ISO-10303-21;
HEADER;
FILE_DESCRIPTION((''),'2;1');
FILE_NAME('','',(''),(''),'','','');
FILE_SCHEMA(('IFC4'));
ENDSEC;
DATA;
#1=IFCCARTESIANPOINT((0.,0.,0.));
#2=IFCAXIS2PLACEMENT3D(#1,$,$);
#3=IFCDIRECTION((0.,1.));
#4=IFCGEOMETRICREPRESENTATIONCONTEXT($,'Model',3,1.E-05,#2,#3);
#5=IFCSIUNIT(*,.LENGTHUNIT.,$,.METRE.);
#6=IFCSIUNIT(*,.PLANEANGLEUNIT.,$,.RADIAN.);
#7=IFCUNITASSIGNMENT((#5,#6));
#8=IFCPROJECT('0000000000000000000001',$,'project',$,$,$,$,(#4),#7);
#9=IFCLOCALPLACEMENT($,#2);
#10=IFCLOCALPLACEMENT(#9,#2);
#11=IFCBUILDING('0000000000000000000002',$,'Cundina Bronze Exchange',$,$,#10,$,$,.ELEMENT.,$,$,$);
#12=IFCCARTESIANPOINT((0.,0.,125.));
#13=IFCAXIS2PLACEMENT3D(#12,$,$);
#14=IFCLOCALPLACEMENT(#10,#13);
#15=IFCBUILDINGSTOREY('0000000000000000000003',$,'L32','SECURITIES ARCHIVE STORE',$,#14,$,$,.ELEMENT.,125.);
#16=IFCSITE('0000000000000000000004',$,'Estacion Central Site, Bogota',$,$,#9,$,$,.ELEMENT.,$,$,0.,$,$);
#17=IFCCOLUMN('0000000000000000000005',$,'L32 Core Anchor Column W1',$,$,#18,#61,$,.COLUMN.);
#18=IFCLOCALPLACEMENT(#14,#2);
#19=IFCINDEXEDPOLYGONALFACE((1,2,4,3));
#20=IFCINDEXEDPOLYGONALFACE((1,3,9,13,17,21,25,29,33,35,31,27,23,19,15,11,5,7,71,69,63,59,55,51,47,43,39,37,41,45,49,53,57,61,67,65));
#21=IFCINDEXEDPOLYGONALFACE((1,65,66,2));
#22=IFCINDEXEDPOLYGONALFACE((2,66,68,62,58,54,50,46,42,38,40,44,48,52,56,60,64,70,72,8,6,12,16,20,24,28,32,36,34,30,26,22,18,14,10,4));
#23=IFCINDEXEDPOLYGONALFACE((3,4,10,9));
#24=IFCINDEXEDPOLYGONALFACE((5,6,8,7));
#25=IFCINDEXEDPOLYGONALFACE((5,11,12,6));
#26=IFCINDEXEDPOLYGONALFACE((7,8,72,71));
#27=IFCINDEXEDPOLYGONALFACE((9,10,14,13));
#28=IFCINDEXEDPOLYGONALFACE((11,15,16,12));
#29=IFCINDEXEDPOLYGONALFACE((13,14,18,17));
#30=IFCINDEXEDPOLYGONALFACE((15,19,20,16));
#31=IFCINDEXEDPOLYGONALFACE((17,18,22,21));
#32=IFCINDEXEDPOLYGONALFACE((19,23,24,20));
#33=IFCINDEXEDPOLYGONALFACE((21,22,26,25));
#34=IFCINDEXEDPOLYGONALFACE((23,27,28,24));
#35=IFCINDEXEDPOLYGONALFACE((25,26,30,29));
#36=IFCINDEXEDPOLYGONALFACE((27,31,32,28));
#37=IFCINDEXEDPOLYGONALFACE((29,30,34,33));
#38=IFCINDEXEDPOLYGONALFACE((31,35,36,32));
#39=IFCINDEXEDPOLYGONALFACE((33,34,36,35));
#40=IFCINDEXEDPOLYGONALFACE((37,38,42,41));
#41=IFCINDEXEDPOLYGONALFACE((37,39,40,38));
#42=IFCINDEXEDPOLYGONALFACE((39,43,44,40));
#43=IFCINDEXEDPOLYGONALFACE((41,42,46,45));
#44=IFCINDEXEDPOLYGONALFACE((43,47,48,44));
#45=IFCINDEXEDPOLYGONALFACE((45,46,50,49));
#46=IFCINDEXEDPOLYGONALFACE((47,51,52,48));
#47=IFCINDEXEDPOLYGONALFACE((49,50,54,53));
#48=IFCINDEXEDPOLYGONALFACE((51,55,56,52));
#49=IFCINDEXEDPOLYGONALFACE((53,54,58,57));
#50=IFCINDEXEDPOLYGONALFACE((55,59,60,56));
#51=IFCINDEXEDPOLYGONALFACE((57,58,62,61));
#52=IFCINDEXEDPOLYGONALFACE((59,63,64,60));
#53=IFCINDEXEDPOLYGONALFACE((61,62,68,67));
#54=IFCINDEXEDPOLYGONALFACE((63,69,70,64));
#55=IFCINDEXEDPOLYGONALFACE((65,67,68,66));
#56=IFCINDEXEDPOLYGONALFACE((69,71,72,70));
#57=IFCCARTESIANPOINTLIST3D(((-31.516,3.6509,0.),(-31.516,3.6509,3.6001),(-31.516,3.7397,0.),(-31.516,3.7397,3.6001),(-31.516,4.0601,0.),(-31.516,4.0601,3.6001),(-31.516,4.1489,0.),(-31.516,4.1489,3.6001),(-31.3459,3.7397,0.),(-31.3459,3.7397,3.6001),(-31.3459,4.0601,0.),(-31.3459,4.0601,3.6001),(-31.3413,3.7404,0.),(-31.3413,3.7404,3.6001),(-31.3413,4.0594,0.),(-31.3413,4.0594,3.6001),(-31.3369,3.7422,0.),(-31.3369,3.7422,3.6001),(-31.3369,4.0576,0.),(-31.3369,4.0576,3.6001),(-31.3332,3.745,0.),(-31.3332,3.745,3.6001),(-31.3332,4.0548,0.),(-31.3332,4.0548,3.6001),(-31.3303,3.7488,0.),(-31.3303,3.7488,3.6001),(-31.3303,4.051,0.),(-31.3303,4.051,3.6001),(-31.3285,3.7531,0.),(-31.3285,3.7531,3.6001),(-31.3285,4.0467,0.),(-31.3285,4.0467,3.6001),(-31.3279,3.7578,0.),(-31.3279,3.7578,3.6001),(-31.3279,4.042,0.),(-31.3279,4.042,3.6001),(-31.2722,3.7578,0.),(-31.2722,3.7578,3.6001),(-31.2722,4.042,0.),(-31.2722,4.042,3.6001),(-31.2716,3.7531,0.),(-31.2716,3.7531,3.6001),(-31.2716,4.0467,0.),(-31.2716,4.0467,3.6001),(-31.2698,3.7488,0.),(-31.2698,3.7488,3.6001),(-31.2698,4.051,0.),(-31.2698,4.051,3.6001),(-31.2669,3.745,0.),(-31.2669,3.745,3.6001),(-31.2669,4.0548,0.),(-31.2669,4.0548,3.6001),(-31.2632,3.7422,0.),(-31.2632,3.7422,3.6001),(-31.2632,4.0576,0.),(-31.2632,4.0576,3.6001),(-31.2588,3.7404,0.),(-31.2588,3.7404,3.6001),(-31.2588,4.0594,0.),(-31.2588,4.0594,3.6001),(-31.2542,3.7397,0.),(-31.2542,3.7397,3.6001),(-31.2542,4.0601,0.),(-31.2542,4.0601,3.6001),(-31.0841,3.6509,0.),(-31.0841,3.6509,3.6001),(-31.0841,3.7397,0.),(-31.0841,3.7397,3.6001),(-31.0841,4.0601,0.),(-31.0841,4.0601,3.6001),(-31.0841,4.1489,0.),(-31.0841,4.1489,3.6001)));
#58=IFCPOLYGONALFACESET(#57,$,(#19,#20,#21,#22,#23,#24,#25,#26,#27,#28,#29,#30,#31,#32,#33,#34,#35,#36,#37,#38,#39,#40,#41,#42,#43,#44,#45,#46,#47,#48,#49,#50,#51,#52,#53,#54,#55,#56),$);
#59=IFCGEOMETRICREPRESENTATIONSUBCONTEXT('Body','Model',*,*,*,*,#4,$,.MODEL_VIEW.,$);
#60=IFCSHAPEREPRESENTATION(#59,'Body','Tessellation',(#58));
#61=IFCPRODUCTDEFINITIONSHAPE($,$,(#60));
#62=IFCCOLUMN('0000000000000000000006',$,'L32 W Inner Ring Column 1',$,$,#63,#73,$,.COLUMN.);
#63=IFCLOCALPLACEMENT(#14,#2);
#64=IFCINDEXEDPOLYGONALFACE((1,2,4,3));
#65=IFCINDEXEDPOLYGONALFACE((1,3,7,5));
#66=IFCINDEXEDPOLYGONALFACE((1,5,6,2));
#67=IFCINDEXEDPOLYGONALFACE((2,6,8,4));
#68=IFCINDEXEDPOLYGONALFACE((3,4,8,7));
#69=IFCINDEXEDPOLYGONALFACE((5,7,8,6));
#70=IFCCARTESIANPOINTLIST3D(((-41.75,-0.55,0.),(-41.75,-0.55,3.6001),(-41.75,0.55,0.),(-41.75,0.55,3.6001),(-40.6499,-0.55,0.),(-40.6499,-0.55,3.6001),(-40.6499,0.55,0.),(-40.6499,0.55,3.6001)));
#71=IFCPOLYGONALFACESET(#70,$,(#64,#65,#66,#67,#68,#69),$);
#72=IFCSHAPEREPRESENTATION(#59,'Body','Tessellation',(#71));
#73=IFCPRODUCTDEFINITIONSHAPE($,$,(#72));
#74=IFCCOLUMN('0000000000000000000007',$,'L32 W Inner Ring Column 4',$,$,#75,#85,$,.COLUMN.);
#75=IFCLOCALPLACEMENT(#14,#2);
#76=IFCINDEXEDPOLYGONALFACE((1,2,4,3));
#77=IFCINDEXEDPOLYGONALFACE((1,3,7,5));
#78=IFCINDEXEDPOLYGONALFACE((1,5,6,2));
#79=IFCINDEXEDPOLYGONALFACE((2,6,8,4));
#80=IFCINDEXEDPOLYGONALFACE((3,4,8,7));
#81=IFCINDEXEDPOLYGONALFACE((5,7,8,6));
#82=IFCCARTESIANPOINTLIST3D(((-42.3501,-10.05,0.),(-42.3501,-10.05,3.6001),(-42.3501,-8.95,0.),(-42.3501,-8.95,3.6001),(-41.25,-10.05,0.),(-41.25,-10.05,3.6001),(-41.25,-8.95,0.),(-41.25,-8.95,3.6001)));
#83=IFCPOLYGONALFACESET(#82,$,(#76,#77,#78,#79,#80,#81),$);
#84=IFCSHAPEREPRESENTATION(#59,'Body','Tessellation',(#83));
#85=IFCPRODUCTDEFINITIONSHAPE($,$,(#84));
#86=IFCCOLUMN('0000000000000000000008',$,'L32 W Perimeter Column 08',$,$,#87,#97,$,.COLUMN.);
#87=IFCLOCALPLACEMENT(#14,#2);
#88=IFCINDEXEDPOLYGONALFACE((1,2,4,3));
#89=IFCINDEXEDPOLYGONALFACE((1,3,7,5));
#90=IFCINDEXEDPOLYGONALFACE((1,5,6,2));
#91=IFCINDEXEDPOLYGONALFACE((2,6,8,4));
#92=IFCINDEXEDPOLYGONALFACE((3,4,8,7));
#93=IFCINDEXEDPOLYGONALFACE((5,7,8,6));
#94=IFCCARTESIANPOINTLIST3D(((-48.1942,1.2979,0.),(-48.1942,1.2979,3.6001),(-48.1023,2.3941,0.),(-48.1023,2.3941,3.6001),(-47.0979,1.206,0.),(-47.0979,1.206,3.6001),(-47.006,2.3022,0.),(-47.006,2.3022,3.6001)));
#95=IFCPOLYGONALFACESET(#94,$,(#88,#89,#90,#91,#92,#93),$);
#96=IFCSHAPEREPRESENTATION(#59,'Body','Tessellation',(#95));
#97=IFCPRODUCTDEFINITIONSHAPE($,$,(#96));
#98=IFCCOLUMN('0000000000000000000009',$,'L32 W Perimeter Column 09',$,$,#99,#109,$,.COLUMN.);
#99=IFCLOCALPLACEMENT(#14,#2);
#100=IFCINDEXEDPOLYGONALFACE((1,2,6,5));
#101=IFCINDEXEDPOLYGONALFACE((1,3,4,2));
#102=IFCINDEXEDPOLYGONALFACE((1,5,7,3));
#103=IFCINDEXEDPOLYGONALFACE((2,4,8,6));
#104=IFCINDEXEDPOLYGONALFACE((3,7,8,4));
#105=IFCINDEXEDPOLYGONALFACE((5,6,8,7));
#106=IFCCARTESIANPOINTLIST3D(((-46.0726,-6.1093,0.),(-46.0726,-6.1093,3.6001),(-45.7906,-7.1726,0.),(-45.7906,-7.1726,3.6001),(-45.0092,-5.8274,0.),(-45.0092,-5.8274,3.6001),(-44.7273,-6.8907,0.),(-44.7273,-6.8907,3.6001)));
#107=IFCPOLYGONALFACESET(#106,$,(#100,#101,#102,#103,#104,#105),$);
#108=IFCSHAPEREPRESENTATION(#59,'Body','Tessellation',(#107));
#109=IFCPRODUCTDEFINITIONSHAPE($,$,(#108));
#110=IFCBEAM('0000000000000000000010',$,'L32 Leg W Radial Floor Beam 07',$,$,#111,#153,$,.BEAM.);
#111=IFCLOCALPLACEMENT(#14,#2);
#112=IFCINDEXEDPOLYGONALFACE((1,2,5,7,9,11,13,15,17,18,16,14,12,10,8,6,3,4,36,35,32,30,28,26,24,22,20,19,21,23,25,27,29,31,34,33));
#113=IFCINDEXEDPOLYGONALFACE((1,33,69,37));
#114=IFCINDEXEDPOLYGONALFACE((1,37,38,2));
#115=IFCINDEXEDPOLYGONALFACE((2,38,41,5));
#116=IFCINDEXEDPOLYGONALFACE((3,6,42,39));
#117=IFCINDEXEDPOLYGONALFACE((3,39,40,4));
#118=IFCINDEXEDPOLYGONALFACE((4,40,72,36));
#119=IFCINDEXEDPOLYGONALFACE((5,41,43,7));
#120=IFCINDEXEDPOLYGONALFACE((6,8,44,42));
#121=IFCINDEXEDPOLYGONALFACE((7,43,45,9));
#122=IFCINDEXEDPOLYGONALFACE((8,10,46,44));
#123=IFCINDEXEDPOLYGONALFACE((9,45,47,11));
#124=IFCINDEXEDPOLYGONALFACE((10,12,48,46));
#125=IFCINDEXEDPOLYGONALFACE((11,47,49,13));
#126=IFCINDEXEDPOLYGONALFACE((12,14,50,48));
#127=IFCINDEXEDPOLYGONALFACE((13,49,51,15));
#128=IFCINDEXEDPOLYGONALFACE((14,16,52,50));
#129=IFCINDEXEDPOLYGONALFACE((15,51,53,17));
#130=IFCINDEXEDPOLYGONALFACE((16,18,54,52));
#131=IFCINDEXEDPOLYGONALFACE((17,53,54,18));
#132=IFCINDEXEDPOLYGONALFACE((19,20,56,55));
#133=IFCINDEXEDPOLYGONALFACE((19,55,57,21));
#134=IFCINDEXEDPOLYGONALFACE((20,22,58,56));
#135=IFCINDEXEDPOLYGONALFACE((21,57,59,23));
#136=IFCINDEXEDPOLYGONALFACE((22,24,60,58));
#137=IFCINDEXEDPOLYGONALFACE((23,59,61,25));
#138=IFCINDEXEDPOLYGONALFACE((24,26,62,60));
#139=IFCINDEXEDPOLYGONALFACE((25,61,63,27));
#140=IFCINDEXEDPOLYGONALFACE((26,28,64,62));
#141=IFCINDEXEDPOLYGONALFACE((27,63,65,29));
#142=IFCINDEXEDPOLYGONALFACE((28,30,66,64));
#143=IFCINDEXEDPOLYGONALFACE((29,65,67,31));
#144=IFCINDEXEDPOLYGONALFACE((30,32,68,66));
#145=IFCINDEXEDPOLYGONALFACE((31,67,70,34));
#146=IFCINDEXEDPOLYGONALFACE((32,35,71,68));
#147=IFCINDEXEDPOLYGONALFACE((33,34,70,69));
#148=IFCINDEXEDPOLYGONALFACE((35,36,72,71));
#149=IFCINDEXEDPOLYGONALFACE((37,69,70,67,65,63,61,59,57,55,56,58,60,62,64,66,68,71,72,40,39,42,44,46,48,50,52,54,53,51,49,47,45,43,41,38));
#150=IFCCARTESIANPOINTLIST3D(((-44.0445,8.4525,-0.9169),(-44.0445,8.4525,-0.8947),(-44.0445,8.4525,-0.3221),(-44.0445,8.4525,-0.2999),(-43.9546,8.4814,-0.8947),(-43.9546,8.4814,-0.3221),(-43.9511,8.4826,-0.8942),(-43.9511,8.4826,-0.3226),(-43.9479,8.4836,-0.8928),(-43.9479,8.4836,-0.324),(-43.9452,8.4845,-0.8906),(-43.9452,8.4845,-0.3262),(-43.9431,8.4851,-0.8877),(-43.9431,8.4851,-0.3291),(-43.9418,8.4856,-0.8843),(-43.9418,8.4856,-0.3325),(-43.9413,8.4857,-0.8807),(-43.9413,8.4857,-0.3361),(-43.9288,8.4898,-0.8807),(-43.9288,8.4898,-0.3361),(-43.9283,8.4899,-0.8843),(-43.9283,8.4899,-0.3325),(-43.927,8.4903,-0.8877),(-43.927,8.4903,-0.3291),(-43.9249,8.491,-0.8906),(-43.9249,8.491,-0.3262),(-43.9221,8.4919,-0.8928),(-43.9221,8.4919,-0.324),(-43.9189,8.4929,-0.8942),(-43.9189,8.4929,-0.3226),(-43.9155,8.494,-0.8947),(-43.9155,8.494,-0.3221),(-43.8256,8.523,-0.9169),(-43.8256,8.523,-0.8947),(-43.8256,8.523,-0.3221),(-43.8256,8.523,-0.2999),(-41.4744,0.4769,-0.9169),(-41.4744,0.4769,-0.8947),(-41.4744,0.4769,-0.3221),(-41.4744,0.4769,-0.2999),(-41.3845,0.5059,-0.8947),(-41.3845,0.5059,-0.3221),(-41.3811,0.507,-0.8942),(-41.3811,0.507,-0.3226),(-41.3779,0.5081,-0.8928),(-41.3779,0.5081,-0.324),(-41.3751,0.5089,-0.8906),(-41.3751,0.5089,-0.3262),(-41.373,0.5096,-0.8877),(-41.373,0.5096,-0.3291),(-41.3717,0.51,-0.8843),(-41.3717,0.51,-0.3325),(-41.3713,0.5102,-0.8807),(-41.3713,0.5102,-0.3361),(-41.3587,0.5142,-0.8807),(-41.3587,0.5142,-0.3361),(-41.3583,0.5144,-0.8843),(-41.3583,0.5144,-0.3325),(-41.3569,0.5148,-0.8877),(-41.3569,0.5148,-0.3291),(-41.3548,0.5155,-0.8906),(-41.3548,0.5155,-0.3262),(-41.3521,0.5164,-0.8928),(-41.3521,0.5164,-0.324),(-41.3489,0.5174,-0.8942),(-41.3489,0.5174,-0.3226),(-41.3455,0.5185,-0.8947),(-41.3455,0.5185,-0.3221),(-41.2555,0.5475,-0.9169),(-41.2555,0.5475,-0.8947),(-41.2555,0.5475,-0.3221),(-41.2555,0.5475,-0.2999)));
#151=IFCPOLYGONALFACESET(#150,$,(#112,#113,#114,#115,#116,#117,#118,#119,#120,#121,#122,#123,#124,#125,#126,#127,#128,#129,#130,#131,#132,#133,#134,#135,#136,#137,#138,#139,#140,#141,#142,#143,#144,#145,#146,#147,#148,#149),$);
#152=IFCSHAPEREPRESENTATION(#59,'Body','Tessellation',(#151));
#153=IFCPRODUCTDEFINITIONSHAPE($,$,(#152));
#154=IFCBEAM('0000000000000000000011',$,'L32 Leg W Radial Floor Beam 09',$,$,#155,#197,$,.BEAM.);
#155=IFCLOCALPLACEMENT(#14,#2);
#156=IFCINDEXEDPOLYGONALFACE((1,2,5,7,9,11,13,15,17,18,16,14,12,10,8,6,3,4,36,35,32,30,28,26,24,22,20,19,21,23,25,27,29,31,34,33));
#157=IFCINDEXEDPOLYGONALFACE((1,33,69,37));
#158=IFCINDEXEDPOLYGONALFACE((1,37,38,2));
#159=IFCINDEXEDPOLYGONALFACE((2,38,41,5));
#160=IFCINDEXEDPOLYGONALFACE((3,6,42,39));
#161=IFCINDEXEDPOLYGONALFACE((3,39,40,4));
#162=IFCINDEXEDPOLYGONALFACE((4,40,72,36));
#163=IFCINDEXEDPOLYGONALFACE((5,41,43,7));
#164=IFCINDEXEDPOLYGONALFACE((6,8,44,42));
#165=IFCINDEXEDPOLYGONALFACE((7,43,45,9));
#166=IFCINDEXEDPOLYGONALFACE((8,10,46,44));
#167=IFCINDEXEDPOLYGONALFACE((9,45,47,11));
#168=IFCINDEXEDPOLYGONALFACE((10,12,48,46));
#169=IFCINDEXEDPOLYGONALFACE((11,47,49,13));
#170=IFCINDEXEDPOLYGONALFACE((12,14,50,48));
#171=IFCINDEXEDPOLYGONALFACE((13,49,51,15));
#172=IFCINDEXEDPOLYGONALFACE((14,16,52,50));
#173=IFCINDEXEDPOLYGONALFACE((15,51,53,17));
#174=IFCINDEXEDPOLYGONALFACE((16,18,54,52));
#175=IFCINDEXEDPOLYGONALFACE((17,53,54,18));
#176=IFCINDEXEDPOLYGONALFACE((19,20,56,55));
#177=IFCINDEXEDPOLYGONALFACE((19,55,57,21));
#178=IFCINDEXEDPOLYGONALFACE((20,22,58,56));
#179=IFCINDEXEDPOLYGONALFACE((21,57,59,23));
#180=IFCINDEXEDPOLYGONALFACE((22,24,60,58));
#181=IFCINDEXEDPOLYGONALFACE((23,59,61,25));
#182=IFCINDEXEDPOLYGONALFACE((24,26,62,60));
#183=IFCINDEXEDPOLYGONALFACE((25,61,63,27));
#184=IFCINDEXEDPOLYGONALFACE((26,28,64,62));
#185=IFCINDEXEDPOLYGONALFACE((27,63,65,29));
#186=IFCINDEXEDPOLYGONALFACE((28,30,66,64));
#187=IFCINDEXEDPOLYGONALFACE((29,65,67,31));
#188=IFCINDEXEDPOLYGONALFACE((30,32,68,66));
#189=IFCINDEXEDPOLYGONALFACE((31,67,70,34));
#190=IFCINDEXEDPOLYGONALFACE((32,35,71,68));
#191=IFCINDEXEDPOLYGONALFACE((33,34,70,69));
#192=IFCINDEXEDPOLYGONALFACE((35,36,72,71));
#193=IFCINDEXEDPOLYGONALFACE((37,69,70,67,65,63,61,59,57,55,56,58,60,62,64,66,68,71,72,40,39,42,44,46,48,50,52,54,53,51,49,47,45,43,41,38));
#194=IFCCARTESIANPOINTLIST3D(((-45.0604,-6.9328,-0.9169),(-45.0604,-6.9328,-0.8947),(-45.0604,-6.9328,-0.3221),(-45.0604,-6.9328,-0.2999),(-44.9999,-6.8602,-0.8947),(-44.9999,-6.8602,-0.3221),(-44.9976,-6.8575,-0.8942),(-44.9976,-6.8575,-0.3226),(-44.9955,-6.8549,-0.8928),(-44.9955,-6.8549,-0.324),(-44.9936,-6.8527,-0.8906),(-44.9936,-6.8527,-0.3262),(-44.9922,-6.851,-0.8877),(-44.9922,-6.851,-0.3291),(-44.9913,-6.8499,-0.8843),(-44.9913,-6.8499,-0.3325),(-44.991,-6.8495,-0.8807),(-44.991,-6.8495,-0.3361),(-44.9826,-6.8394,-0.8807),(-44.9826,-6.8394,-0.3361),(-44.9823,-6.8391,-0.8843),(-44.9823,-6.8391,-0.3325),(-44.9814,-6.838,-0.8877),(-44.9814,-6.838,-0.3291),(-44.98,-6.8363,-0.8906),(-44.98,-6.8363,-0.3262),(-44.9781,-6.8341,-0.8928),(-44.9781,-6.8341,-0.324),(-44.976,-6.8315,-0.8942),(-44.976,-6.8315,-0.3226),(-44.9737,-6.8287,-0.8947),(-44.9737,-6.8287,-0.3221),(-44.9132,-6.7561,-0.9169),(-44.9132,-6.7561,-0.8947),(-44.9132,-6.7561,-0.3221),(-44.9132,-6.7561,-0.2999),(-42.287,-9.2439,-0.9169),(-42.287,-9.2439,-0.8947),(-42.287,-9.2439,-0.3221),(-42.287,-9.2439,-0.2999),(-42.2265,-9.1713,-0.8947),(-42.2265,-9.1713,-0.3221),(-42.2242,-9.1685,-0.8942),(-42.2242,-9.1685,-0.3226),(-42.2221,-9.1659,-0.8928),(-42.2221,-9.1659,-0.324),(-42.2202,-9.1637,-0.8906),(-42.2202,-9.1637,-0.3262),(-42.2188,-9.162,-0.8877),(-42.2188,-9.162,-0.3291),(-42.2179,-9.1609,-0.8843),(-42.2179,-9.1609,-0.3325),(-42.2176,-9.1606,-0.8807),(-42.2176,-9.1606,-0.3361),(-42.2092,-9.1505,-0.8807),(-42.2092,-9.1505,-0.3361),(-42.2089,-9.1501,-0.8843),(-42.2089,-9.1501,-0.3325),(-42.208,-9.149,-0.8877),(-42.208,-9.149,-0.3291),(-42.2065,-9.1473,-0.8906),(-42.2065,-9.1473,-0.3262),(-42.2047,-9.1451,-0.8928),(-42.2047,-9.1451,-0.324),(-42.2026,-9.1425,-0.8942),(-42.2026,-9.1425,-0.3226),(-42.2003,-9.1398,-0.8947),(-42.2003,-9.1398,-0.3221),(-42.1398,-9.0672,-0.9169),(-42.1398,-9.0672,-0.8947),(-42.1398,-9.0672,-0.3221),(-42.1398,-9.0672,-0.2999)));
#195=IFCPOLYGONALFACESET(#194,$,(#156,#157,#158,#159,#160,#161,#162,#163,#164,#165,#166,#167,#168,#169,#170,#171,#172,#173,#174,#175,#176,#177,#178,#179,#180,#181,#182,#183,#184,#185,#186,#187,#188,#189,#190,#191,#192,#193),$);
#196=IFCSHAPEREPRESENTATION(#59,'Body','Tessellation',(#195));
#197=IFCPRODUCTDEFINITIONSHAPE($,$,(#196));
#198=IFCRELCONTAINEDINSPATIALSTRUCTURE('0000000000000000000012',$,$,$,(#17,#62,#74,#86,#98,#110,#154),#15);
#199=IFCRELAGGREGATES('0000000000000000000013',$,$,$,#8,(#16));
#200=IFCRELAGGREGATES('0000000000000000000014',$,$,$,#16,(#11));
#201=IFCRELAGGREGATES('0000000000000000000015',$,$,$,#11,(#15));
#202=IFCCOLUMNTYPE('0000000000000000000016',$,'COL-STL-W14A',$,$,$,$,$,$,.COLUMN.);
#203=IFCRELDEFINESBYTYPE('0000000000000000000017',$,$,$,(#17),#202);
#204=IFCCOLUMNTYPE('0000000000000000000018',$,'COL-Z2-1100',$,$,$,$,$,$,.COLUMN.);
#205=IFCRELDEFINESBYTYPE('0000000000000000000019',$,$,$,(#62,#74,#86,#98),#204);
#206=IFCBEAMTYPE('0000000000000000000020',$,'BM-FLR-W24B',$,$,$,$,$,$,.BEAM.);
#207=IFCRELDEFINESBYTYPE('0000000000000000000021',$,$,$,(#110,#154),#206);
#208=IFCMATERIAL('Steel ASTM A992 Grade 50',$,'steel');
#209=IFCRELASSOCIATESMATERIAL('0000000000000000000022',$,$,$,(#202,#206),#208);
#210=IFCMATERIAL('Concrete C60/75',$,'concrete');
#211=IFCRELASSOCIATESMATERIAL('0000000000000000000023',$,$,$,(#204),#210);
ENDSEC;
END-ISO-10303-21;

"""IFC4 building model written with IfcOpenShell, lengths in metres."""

from ifc_helpers import new_model, si_unit, direction, frame, origin, origin_2d, place, context, subcontext, project, spatial, rectangle, i_section, extrude, material, material_profile, profile_set, type_object, element, save


model = new_model("IFC4")

# Units and contexts
model_context = context("Model", 3, precision=1e-05, world=origin(), true_north=direction((0.0, 1.0)))
body_context = subcontext(model_context, "Body", "Model", "MODEL_VIEW")
ifc_project = project(units=[si_unit("LENGTHUNIT", "METRE"), si_unit("PLANEANGLEUNIT", "RADIAN")], contexts=[model_context])

# Site, building, storey
site_placement = place(None, origin())
site = spatial("IfcSite", under=ifc_project, at=site_placement, Name="Estacion Central Site, Bogota", CompositionType="ELEMENT", RefElevation=0.0)
building_placement = place(site_placement, origin())
building = spatial("IfcBuilding", under=site, at=building_placement, Name="Cundina Bronze Exchange", CompositionType="ELEMENT")
storey_placement = place(building_placement, frame((0.0, 0.0, 125.0)))
storey = spatial("IfcBuildingStorey", under=building, at=storey_placement, Name="L32", Description="SECURITIES ARCHIVE STORE", CompositionType="ELEMENT", Elevation=125.0)

# Columns
ifc_material_1 = material(Name="Steel ASTM A992 Grade 50", Category="steel")
ifc_material_profile_1 = material_profile(ifc_material_1, i_section(OverallWidth=0.4319, OverallDepth=0.498, WebThickness=0.0557, FlangeThickness=0.0889, FilletRadius=0.0181, at=origin_2d()), Name="W14X500", Category="steel")
ifc_profile_set_1 = profile_set([ifc_material_profile_1], Name="Steel ASTM A992 Grade 50")
column_type_1 = type_object("IfcColumnType", Name="COL-STL-W14A", PredefinedType="COLUMN", material=ifc_profile_set_1)
column_placement = place(storey_placement, frame((-31.3, 3.8999, 0.0), z_axis=(0.0, 0.0, 1.0), x_axis=(1.0, 0.0, 0.0)))
element("IfcColumn", 1, at=column_placement, inside=storey, type_object=column_type_1, Name="L32 Core Anchor Column W1", PredefinedType="COLUMN", context=body_context, shape_type="SweptSolid", body=[
    extrude(i_section(OverallWidth=0.4319, OverallDepth=0.498, WebThickness=0.0557, FlangeThickness=0.0889, FilletRadius=0.0181, at=origin_2d()), origin(), (0.0, 0.0, 1.0), 3.6001),
])
ifc_material_2 = material(Name="Concrete C60/75", Category="concrete")
ifc_material_profile_2 = material_profile(ifc_material_2, rectangle(XDim=1.1001, YDim=1.1001, at=origin_2d()), Name="RC1100X1100", Category="concrete")
ifc_profile_set_2 = profile_set([ifc_material_profile_2], Name="Concrete C60/75")
column_type_2 = type_object("IfcColumnType", Name="COL-Z2-1100", PredefinedType="COLUMN", material=ifc_profile_set_2)
for number, where, z_axis, x_axis, name in (
    (2, (-41.2, 0.0, 0.0), (0.0, 0.0, 1.0), (1.0, 0.0, 0.0), "L32 W Inner Ring Column 1"),
    (3, (-41.8, -9.5, 0.0), (0.0, 0.0, 1.0), (1.0, 0.0, 0.0), "L32 W Inner Ring Column 4"),
    (4, (-47.6001, 1.8, 0.0), (0.0, 0.0, 1.0), (-0.083504, -0.996507, 0.0), "L32 W Perimeter Column 08"),
    (5, (-45.3999, -6.5, 0.0), (0.0, 0.0, 1.0), (0.256289, -0.9666, 0.0), "L32 W Perimeter Column 09"),
):
    element("IfcColumn", number, at=place(storey_placement, frame(where, z_axis=z_axis, x_axis=x_axis)), inside=storey, type_object=column_type_2, Name=name, PredefinedType="COLUMN", context=body_context, shape_type="SweptSolid", body=[
        extrude(rectangle(XDim=1.1001, YDim=1.1001, at=origin_2d()), origin(), (0.0, 0.0, 1.0), 3.6001),
    ])

# Beams
ifc_material_profile_3 = material_profile(ifc_material_1, i_section(OverallWidth=0.23, OverallDepth=0.6169, WebThickness=0.0132, FlangeThickness=0.0222, FilletRadius=0.0139, at=origin_2d()), Name="W24X94", Category="steel")
ifc_profile_set_3 = profile_set([ifc_material_profile_3], Name="Steel ASTM A992 Grade 50")
beam_type_1 = type_object("IfcBeamType", Name="BM-FLR-W24B", PredefinedType="BEAM", material=ifc_profile_set_3)
beam_1_placement = place(storey_placement, frame((-41.365, 0.5122, -0.6084), z_axis=(-0.306711, 0.951803, 0.0), x_axis=(-0.951803, -0.306711, 0.0)))
element("IfcBeam", 6, at=beam_1_placement, inside=storey, type_object=beam_type_1, Name="L32 Leg W Radial Floor Beam 07", PredefinedType="BEAM", context=body_context, shape_type="SweptSolid", body=[
    extrude(i_section(OverallWidth=0.23, OverallDepth=0.6169, WebThickness=0.0132, FlangeThickness=0.0222, FilletRadius=0.0139, at=origin_2d()), origin(), (0.0, 0.0, 1.0), 8.3794),
])
beam_2_placement = place(storey_placement, frame((-42.2134, -9.1555, -0.6084), z_axis=(-0.768243, 0.640158, 0.0), x_axis=(-0.640158, -0.768243, 0.0)))
element("IfcBeam", 7, at=beam_2_placement, inside=storey, type_object=beam_type_1, Name="L32 Leg W Radial Floor Beam 09", PredefinedType="BEAM", context=body_context, shape_type="SweptSolid", body=[
    extrude(i_section(OverallWidth=0.23, OverallDepth=0.6169, WebThickness=0.0132, FlangeThickness=0.0222, FilletRadius=0.0139, at=origin_2d()), origin(), (0.0, 0.0, 1.0), 3.6101),
])

save(model, "model.ifc")
